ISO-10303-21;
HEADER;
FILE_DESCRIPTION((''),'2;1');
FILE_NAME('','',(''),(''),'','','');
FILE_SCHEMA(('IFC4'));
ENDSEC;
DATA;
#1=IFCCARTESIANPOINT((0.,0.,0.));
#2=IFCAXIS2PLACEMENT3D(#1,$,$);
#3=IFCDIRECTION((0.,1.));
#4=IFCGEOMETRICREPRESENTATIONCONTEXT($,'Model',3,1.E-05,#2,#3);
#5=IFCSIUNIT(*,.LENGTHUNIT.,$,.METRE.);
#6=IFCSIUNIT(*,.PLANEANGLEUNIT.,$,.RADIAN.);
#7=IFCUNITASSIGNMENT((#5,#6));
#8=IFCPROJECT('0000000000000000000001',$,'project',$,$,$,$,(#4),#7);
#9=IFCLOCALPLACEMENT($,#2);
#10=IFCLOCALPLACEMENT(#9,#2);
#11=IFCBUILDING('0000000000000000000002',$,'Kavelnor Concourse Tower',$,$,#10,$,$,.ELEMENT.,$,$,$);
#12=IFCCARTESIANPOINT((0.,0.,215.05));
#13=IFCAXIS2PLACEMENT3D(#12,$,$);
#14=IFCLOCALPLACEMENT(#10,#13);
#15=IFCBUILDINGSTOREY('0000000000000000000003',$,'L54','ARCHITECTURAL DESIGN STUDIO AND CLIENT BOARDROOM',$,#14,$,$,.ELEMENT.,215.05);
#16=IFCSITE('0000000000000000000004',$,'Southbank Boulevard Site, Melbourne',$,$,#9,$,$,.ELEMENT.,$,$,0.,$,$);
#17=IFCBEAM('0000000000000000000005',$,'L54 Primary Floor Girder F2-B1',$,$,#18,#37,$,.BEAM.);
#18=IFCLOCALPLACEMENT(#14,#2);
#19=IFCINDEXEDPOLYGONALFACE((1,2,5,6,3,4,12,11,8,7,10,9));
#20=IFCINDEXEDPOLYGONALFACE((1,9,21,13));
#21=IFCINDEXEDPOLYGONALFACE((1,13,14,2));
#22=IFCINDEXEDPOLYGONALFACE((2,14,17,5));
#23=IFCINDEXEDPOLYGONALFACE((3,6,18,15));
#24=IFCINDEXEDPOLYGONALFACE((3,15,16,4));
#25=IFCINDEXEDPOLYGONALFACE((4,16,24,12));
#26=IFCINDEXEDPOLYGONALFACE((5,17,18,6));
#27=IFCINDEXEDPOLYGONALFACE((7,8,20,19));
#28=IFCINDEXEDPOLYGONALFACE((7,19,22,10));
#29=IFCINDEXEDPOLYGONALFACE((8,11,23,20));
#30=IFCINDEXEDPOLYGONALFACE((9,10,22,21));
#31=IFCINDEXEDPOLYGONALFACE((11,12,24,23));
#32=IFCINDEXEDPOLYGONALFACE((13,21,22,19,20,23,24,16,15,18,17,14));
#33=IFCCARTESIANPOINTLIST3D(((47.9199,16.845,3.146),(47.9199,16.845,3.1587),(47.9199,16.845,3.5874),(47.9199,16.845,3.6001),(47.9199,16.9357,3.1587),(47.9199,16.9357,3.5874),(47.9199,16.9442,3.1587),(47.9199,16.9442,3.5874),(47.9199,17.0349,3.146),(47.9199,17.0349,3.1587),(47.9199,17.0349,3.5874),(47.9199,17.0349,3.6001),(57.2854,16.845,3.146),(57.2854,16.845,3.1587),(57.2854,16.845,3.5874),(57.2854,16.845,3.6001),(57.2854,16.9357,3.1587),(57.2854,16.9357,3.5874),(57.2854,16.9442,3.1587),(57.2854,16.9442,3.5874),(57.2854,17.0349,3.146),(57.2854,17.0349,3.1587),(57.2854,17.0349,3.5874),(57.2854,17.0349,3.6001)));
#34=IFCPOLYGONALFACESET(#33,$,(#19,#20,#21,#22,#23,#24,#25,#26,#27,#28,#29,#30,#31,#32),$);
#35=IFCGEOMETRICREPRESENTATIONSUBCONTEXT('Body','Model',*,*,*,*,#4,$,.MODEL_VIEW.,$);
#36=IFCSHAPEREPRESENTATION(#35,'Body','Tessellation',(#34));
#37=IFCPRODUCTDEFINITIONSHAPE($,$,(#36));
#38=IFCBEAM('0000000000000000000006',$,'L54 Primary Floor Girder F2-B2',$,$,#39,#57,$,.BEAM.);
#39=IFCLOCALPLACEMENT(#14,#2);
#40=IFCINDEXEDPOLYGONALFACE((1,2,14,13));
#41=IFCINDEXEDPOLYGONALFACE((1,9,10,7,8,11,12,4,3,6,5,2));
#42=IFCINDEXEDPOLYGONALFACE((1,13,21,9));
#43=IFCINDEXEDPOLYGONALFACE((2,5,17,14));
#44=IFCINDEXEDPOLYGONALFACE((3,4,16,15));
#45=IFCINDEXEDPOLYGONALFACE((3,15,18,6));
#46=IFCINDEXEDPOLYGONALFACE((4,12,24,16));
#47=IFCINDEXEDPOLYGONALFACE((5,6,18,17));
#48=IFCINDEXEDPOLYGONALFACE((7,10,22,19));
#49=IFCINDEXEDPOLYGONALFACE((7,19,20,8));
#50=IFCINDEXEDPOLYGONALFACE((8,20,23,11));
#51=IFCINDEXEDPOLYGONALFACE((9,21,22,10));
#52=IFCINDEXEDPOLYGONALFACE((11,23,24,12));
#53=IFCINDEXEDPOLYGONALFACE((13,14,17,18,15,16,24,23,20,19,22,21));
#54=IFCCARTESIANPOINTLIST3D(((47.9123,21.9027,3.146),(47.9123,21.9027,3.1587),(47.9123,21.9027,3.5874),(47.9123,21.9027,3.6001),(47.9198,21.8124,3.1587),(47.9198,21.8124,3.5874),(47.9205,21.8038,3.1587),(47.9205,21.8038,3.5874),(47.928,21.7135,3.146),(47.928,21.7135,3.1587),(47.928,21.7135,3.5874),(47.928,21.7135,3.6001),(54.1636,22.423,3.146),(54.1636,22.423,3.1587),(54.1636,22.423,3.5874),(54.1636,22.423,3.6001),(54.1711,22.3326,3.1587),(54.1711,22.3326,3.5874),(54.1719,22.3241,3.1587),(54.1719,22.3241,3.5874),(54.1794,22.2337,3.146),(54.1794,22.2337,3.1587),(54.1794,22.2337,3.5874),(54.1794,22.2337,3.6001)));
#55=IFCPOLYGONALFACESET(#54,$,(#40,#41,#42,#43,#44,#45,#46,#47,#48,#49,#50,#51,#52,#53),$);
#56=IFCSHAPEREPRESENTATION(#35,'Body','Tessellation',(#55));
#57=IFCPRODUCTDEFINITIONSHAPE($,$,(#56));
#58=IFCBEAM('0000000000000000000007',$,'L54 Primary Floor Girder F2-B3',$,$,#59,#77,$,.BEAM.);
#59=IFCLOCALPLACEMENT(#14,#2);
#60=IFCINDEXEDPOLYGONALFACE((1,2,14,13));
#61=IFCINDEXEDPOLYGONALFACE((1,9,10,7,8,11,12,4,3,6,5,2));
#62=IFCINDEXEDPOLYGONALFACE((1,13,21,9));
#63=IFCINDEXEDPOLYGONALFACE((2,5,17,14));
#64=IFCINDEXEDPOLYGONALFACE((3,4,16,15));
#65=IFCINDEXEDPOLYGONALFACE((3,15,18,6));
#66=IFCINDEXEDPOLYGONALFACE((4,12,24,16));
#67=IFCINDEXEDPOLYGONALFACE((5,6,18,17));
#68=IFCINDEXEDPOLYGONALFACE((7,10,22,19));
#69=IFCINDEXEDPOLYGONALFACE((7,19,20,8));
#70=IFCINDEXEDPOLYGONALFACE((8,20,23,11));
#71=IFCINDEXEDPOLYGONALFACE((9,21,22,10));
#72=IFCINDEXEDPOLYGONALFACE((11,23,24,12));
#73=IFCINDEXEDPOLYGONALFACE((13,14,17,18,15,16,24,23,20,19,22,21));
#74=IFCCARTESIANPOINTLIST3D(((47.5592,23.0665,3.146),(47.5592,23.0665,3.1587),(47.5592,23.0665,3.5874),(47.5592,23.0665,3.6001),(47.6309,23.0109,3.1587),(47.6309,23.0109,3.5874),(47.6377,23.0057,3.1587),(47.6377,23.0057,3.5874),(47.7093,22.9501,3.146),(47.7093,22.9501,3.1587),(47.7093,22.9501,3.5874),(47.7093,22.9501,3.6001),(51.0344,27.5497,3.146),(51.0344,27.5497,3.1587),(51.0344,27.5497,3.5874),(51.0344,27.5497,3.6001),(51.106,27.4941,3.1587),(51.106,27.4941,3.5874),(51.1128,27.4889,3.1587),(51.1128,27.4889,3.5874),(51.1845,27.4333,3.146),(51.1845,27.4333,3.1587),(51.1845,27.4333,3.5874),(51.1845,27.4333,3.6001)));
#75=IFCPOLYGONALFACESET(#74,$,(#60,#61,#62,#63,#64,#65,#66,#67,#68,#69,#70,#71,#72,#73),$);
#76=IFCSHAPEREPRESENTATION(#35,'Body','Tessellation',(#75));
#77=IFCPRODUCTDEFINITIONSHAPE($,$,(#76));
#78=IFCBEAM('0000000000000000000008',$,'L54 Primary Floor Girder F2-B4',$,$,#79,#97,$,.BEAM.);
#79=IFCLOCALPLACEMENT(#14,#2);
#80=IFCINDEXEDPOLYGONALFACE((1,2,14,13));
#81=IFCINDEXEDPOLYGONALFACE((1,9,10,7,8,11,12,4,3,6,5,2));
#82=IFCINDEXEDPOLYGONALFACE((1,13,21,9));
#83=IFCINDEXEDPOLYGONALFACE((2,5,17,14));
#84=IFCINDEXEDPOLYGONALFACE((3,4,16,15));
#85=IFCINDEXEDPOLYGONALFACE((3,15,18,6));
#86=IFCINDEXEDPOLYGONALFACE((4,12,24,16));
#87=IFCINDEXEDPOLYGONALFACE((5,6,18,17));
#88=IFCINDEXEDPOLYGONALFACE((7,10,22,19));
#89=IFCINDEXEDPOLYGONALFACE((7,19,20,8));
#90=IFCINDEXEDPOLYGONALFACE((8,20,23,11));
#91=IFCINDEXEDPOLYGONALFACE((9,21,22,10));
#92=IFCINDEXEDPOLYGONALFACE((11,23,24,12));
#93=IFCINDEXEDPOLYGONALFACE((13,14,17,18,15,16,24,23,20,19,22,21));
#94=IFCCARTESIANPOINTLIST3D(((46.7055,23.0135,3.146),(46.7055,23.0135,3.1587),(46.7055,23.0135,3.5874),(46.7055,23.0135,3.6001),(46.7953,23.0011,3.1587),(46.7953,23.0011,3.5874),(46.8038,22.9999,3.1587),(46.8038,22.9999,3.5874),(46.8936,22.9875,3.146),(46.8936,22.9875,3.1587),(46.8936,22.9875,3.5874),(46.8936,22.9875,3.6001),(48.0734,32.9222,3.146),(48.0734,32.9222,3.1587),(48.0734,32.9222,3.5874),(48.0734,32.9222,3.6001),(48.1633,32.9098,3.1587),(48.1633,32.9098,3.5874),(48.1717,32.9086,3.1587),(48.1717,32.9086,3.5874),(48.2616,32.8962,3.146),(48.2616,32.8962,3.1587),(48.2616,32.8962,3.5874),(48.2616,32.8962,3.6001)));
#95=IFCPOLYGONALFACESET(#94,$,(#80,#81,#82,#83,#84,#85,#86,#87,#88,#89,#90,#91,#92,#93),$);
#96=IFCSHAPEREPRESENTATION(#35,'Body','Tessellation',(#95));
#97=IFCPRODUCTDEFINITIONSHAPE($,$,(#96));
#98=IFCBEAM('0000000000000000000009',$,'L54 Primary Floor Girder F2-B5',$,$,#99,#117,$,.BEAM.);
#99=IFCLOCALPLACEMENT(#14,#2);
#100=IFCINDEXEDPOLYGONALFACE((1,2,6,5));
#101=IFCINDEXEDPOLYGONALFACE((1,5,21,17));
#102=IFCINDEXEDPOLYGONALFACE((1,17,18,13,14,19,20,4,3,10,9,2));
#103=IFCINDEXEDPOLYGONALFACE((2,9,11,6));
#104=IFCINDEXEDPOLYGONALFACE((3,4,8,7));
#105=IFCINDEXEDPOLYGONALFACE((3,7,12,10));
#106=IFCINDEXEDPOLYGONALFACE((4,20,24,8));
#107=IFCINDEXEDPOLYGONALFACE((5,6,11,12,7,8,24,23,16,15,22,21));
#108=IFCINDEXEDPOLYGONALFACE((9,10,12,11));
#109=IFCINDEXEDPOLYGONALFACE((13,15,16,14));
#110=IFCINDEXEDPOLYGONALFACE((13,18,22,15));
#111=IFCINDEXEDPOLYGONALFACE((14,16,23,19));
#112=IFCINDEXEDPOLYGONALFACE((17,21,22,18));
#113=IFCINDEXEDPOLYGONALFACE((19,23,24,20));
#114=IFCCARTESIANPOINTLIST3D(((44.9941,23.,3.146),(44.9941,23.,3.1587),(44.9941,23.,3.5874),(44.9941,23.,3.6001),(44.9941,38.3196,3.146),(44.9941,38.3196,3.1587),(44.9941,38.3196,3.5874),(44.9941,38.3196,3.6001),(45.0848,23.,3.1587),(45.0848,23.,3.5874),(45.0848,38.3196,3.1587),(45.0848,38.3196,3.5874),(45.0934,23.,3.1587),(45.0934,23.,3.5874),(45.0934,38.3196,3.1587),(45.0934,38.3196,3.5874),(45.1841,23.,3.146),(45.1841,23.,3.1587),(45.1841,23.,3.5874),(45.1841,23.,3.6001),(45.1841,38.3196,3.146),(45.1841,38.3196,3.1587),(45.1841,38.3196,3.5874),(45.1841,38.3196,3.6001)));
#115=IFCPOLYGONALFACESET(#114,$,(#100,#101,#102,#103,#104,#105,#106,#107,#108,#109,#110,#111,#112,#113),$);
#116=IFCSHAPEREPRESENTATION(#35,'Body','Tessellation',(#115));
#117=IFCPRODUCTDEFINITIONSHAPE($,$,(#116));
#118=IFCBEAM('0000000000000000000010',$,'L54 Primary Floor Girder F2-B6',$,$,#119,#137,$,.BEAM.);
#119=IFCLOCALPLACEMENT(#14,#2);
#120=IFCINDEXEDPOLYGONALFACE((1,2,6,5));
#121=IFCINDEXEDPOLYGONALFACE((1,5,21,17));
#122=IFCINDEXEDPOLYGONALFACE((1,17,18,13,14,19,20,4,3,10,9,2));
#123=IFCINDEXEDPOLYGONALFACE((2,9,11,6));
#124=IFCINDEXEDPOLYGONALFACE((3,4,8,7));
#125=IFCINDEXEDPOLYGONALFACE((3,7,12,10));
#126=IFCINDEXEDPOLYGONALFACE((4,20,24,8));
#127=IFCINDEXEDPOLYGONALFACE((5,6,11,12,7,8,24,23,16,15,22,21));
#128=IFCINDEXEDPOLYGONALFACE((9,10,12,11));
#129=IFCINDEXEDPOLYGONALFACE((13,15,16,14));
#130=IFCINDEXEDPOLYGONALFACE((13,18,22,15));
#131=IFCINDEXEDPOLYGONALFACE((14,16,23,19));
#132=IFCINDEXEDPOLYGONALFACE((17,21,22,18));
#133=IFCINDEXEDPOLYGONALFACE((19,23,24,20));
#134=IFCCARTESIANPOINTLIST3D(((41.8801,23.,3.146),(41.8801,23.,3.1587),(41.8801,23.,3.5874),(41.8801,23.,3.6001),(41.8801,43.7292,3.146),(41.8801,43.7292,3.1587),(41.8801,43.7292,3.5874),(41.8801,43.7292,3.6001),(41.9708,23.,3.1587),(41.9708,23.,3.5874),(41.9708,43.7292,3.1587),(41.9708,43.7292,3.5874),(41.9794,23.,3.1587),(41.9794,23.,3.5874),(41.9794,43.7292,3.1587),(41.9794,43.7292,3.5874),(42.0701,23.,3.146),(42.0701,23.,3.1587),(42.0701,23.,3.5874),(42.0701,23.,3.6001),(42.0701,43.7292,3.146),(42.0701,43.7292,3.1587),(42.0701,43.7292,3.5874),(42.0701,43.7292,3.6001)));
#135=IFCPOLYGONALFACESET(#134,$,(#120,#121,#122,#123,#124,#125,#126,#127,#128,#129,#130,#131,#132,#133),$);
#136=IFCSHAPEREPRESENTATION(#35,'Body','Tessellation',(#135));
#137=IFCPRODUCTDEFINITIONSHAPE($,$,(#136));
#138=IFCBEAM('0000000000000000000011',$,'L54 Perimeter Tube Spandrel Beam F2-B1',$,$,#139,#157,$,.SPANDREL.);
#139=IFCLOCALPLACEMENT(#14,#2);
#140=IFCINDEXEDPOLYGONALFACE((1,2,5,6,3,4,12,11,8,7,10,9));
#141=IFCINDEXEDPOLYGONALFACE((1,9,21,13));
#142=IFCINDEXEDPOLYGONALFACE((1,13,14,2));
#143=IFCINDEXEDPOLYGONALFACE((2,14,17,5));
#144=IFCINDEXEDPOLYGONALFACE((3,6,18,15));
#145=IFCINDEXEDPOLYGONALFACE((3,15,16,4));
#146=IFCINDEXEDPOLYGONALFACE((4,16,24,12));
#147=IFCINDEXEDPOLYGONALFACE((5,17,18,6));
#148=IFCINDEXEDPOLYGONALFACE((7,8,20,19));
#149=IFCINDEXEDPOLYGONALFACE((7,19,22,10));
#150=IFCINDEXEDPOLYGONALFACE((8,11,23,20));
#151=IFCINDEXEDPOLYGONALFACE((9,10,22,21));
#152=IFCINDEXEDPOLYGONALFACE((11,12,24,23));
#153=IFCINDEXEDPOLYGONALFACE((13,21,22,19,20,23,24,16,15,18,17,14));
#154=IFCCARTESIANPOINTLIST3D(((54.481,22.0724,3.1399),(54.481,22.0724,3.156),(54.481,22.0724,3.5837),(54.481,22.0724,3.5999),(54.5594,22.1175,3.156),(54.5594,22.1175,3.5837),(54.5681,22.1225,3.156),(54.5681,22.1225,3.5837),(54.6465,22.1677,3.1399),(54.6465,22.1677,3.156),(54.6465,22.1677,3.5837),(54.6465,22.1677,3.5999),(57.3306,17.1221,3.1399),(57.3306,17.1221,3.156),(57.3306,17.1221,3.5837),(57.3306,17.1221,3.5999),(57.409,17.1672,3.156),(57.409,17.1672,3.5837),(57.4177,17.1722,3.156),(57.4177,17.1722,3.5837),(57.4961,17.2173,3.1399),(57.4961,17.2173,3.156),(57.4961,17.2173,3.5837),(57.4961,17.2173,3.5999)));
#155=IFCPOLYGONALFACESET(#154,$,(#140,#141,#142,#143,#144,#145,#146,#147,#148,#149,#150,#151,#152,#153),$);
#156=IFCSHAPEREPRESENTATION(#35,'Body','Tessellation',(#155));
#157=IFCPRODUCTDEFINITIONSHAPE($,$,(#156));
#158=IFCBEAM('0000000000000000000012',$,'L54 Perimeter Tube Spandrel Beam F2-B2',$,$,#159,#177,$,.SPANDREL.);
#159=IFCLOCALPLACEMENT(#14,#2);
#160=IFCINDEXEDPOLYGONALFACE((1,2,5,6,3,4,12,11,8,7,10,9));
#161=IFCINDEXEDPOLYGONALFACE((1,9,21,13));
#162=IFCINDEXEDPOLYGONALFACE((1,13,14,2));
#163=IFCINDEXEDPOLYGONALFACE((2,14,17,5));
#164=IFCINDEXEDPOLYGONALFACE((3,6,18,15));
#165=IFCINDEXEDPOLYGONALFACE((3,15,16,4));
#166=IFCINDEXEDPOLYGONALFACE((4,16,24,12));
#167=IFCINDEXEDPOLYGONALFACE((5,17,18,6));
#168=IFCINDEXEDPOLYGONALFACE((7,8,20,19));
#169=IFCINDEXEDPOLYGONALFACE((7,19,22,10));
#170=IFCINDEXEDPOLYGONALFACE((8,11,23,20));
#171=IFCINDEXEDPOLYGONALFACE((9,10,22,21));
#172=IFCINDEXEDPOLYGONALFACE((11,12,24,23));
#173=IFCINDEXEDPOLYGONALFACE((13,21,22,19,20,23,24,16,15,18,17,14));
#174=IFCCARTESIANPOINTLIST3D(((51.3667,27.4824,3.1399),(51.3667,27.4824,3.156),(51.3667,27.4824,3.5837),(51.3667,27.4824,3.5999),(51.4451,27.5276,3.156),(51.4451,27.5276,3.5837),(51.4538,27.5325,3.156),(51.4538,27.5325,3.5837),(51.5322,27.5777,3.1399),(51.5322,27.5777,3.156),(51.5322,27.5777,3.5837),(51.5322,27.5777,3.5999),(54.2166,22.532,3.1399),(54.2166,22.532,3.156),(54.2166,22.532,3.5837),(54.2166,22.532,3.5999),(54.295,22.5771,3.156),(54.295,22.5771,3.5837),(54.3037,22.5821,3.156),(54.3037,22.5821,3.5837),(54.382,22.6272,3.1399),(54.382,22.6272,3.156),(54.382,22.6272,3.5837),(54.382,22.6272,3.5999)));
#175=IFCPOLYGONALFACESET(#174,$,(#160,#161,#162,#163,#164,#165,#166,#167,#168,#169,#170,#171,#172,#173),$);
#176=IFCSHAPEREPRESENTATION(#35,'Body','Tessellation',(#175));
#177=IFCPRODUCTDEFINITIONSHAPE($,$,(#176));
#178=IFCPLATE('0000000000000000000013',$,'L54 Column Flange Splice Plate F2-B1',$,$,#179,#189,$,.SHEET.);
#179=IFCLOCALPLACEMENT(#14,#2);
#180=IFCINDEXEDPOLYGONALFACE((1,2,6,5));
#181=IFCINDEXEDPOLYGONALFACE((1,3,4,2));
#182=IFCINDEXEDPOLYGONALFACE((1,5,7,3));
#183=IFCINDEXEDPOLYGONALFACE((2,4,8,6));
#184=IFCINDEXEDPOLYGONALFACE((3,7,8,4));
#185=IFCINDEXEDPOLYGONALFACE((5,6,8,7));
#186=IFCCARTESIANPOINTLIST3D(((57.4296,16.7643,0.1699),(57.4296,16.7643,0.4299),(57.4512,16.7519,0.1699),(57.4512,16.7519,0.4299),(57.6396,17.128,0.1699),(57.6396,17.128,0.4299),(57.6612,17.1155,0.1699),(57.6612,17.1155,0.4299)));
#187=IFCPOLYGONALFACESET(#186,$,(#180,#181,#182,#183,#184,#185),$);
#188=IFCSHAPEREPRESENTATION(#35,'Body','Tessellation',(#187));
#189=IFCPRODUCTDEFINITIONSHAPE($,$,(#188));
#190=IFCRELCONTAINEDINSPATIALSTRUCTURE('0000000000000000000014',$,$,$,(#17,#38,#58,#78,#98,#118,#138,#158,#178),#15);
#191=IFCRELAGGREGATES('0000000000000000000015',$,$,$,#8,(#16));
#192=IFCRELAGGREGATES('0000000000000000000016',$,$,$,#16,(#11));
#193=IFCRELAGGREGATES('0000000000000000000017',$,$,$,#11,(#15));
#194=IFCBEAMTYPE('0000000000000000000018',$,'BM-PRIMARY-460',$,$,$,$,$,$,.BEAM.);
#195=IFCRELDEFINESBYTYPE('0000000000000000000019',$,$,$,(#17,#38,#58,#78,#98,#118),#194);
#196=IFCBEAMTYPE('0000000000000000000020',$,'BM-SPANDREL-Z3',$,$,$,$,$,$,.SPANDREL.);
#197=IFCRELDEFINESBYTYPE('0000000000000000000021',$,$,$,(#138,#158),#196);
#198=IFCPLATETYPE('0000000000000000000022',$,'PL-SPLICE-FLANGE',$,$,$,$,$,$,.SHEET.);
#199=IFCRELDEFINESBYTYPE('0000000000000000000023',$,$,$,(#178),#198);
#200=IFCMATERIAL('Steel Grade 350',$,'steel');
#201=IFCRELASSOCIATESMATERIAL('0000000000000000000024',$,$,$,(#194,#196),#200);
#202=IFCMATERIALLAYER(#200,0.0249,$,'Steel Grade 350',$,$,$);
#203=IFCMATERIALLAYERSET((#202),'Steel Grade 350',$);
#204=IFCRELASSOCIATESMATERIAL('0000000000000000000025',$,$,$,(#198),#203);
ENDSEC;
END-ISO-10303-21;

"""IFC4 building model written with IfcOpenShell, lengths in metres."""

from ifc_helpers import new_model, si_unit, direction, frame, origin, origin_2d, place, context, subcontext, project, spatial, rectangle, i_section, extrude, material, layer, layer_set, material_profile, profile_set, type_object, element, save


model = new_model("IFC4")

# Units and contexts
model_context = context("Model", 3, precision=1e-05, world=origin(), true_north=direction((0.0, 1.0)))
body_context = subcontext(model_context, "Body", "Model", "MODEL_VIEW")
ifc_project = project(units=[si_unit("LENGTHUNIT", "METRE"), si_unit("PLANEANGLEUNIT", "RADIAN")], contexts=[model_context])

# Site, building, storey
site_placement = place(None, origin())
site = spatial("IfcSite", under=ifc_project, at=site_placement, Name="Southbank Boulevard Site, Melbourne", CompositionType="ELEMENT", RefElevation=0.0)
building_placement = place(site_placement, origin())
building = spatial("IfcBuilding", under=site, at=building_placement, Name="Kavelnor Concourse Tower", CompositionType="ELEMENT")
storey_placement = place(building_placement, frame((0.0, 0.0, 215.05)))
storey = spatial("IfcBuildingStorey", under=building, at=storey_placement, Name="L54", Description="ARCHITECTURAL DESIGN STUDIO AND CLIENT BOARDROOM", CompositionType="ELEMENT", Elevation=215.05)

# Shared definitions
ifc_material_1 = material(Name="Steel Grade 350", Category="steel")

# Beams
ifc_material_profile_1 = material_profile(ifc_material_1, i_section(OverallWidth=0.1899, OverallDepth=0.4541, WebThickness=0.0085, FlangeThickness=0.0127, at=origin_2d()), Name="460UB67")
ifc_profile_set_1 = profile_set([ifc_material_profile_1], Name="Steel Grade 350")
beam_type_1 = type_object("IfcBeamType", Name="BM-PRIMARY-460", PredefinedType="BEAM", material=ifc_profile_set_1)
beam_1_placement = place(storey_placement, frame((47.9199, 16.9399, 3.373), z_axis=(1.0, 0.0, 0.0), x_axis=(0.0, 1.0, 0.0)))
element("IfcBeam", 1, at=beam_1_placement, inside=storey, type_object=beam_type_1, Name="L54 Primary Floor Girder F2-B1", PredefinedType="BEAM", context=body_context, shape_type="SweptSolid", body=[
    extrude(i_section(OverallWidth=0.1899, OverallDepth=0.4541, WebThickness=0.0085, FlangeThickness=0.0127, at=origin_2d()), origin(), (0.0, 0.0, 1.0), 9.3655),
])
beam_2_placement = place(storey_placement, frame((47.9202, 21.8081, 3.373), z_axis=(0.996555, 0.082939, 0.0), x_axis=(-0.082939, 0.996555, 0.0)))
element("IfcBeam", 2, at=beam_2_placement, inside=storey, type_object=beam_type_1, Name="L54 Primary Floor Girder F2-B2", PredefinedType="BEAM", context=body_context, shape_type="SweptSolid", body=[
    extrude(i_section(OverallWidth=0.1899, OverallDepth=0.4541, WebThickness=0.0085, FlangeThickness=0.0127, at=origin_2d()), origin(), (0.0, 0.0, 1.0), 6.2729),
])
beam_3_placement = place(storey_placement, frame((47.6343, 23.0083, 3.373), z_axis=(0.612644, 0.790359, 0.0), x_axis=(-0.790359, 0.612644, 0.0)))
element("IfcBeam", 3, at=beam_3_placement, inside=storey, type_object=beam_type_1, Name="L54 Primary Floor Girder F2-B3", PredefinedType="BEAM", context=body_context, shape_type="SweptSolid", body=[
    extrude(i_section(OverallWidth=0.1899, OverallDepth=0.4541, WebThickness=0.0085, FlangeThickness=0.0127, at=origin_2d()), origin(), (0.0, 0.0, 1.0), 5.6724),
])
beam_4_placement = place(storey_placement, frame((46.7996, 23.0005, 3.373), z_axis=(0.136756, 0.990605, 0.0), x_axis=(-0.990605, 0.136756, 0.0)))
element("IfcBeam", 4, at=beam_4_placement, inside=storey, type_object=beam_type_1, Name="L54 Primary Floor Girder F2-B4", PredefinedType="BEAM", context=body_context, shape_type="SweptSolid", body=[
    extrude(i_section(OverallWidth=0.1899, OverallDepth=0.4541, WebThickness=0.0085, FlangeThickness=0.0127, at=origin_2d()), origin(), (0.0, 0.0, 1.0), 10.0027),
])
beam_5_placement = place(storey_placement, frame((45.0891, 23.0, 3.373), z_axis=(0.0, 1.0, 0.0), x_axis=(-1.0, 0.0, 0.0)))
element("IfcBeam", 5, at=beam_5_placement, inside=storey, type_object=beam_type_1, Name="L54 Primary Floor Girder F2-B5", PredefinedType="BEAM", context=body_context, shape_type="SweptSolid", body=[
    extrude(i_section(OverallWidth=0.1899, OverallDepth=0.4541, WebThickness=0.0085, FlangeThickness=0.0127, at=origin_2d()), origin(), (0.0, 0.0, 1.0), 15.3196),
])
beam_6_placement = place(storey_placement, frame((41.9751, 23.0, 3.373), z_axis=(0.0, 1.0, 0.0), x_axis=(-1.0, 0.0, 0.0)))
element("IfcBeam", 6, at=beam_6_placement, inside=storey, type_object=beam_type_1, Name="L54 Primary Floor Girder F2-B6", PredefinedType="BEAM", context=body_context, shape_type="SweptSolid", body=[
    extrude(i_section(OverallWidth=0.1899, OverallDepth=0.4541, WebThickness=0.0085, FlangeThickness=0.0127, at=origin_2d()), origin(), (0.0, 0.0, 1.0), 20.7292),
])
ifc_material_profile_2 = material_profile(ifc_material_1, i_section(OverallWidth=0.1909, OverallDepth=0.46, WebThickness=0.01, FlangeThickness=0.0161, at=origin_2d()), Name="460UB82")
ifc_profile_set_2 = profile_set([ifc_material_profile_2], Name="Steel Grade 350")
beam_type_2 = type_object("IfcBeamType", Name="BM-SPANDREL-Z3", PredefinedType="SPANDREL", material=ifc_profile_set_2)
beam_7_placement = place(storey_placement, frame((57.4133, 17.1697, 3.3699), z_axis=(-0.49888, 0.866671, 0.0), x_axis=(-0.866671, -0.49888, 0.0)))
element("IfcBeam", 7, at=beam_7_placement, inside=storey, type_object=beam_type_2, Name="L54 Perimeter Tube Spandrel Beam F2-B1", PredefinedType="SPANDREL", context=body_context, shape_type="SweptSolid", body=[
    extrude(i_section(OverallWidth=0.1909, OverallDepth=0.46, WebThickness=0.01, FlangeThickness=0.0161, at=origin_2d()), origin(), (0.0, 0.0, 1.0), 5.7119),
])
beam_8_placement = place(storey_placement, frame((54.2993, 22.5796, 3.3699), z_axis=(-0.498912, 0.866653, 0.0), x_axis=(-0.866653, -0.498912, 0.0)))
element("IfcBeam", 8, at=beam_8_placement, inside=storey, type_object=beam_type_2, Name="L54 Perimeter Tube Spandrel Beam F2-B2", PredefinedType="SPANDREL", context=body_context, shape_type="SweptSolid", body=[
    extrude(i_section(OverallWidth=0.1909, OverallDepth=0.46, WebThickness=0.01, FlangeThickness=0.0161, at=origin_2d()), origin(), (0.0, 0.0, 1.0), 5.7122),
])

# Plate
ifc_layer_1 = layer(ifc_material_1, 0.0249, Name="Steel Grade 350")
ifc_layer_set_1 = layer_set([ifc_layer_1], Name="Steel Grade 350")
plate_type = type_object("IfcPlateType", Name="PL-SPLICE-FLANGE", PredefinedType="SHEET", material=ifc_layer_set_1)
plate_placement = place(storey_placement, frame((57.5454, 16.9399, 0.1699), z_axis=(0.0, 0.0, 1.0), x_axis=(-0.5, -0.866025, 0.0)))
element("IfcPlate", 9, at=plate_placement, inside=storey, type_object=plate_type, Name="L54 Column Flange Splice Plate F2-B1", PredefinedType="SHEET", context=body_context, shape_type="SweptSolid", body=[
    extrude(rectangle(XDim=0.4199, YDim=0.0249, at=origin_2d()), origin(), (0.0, 0.0, 1.0), 0.26),
])

save(model, "model.ifc")
